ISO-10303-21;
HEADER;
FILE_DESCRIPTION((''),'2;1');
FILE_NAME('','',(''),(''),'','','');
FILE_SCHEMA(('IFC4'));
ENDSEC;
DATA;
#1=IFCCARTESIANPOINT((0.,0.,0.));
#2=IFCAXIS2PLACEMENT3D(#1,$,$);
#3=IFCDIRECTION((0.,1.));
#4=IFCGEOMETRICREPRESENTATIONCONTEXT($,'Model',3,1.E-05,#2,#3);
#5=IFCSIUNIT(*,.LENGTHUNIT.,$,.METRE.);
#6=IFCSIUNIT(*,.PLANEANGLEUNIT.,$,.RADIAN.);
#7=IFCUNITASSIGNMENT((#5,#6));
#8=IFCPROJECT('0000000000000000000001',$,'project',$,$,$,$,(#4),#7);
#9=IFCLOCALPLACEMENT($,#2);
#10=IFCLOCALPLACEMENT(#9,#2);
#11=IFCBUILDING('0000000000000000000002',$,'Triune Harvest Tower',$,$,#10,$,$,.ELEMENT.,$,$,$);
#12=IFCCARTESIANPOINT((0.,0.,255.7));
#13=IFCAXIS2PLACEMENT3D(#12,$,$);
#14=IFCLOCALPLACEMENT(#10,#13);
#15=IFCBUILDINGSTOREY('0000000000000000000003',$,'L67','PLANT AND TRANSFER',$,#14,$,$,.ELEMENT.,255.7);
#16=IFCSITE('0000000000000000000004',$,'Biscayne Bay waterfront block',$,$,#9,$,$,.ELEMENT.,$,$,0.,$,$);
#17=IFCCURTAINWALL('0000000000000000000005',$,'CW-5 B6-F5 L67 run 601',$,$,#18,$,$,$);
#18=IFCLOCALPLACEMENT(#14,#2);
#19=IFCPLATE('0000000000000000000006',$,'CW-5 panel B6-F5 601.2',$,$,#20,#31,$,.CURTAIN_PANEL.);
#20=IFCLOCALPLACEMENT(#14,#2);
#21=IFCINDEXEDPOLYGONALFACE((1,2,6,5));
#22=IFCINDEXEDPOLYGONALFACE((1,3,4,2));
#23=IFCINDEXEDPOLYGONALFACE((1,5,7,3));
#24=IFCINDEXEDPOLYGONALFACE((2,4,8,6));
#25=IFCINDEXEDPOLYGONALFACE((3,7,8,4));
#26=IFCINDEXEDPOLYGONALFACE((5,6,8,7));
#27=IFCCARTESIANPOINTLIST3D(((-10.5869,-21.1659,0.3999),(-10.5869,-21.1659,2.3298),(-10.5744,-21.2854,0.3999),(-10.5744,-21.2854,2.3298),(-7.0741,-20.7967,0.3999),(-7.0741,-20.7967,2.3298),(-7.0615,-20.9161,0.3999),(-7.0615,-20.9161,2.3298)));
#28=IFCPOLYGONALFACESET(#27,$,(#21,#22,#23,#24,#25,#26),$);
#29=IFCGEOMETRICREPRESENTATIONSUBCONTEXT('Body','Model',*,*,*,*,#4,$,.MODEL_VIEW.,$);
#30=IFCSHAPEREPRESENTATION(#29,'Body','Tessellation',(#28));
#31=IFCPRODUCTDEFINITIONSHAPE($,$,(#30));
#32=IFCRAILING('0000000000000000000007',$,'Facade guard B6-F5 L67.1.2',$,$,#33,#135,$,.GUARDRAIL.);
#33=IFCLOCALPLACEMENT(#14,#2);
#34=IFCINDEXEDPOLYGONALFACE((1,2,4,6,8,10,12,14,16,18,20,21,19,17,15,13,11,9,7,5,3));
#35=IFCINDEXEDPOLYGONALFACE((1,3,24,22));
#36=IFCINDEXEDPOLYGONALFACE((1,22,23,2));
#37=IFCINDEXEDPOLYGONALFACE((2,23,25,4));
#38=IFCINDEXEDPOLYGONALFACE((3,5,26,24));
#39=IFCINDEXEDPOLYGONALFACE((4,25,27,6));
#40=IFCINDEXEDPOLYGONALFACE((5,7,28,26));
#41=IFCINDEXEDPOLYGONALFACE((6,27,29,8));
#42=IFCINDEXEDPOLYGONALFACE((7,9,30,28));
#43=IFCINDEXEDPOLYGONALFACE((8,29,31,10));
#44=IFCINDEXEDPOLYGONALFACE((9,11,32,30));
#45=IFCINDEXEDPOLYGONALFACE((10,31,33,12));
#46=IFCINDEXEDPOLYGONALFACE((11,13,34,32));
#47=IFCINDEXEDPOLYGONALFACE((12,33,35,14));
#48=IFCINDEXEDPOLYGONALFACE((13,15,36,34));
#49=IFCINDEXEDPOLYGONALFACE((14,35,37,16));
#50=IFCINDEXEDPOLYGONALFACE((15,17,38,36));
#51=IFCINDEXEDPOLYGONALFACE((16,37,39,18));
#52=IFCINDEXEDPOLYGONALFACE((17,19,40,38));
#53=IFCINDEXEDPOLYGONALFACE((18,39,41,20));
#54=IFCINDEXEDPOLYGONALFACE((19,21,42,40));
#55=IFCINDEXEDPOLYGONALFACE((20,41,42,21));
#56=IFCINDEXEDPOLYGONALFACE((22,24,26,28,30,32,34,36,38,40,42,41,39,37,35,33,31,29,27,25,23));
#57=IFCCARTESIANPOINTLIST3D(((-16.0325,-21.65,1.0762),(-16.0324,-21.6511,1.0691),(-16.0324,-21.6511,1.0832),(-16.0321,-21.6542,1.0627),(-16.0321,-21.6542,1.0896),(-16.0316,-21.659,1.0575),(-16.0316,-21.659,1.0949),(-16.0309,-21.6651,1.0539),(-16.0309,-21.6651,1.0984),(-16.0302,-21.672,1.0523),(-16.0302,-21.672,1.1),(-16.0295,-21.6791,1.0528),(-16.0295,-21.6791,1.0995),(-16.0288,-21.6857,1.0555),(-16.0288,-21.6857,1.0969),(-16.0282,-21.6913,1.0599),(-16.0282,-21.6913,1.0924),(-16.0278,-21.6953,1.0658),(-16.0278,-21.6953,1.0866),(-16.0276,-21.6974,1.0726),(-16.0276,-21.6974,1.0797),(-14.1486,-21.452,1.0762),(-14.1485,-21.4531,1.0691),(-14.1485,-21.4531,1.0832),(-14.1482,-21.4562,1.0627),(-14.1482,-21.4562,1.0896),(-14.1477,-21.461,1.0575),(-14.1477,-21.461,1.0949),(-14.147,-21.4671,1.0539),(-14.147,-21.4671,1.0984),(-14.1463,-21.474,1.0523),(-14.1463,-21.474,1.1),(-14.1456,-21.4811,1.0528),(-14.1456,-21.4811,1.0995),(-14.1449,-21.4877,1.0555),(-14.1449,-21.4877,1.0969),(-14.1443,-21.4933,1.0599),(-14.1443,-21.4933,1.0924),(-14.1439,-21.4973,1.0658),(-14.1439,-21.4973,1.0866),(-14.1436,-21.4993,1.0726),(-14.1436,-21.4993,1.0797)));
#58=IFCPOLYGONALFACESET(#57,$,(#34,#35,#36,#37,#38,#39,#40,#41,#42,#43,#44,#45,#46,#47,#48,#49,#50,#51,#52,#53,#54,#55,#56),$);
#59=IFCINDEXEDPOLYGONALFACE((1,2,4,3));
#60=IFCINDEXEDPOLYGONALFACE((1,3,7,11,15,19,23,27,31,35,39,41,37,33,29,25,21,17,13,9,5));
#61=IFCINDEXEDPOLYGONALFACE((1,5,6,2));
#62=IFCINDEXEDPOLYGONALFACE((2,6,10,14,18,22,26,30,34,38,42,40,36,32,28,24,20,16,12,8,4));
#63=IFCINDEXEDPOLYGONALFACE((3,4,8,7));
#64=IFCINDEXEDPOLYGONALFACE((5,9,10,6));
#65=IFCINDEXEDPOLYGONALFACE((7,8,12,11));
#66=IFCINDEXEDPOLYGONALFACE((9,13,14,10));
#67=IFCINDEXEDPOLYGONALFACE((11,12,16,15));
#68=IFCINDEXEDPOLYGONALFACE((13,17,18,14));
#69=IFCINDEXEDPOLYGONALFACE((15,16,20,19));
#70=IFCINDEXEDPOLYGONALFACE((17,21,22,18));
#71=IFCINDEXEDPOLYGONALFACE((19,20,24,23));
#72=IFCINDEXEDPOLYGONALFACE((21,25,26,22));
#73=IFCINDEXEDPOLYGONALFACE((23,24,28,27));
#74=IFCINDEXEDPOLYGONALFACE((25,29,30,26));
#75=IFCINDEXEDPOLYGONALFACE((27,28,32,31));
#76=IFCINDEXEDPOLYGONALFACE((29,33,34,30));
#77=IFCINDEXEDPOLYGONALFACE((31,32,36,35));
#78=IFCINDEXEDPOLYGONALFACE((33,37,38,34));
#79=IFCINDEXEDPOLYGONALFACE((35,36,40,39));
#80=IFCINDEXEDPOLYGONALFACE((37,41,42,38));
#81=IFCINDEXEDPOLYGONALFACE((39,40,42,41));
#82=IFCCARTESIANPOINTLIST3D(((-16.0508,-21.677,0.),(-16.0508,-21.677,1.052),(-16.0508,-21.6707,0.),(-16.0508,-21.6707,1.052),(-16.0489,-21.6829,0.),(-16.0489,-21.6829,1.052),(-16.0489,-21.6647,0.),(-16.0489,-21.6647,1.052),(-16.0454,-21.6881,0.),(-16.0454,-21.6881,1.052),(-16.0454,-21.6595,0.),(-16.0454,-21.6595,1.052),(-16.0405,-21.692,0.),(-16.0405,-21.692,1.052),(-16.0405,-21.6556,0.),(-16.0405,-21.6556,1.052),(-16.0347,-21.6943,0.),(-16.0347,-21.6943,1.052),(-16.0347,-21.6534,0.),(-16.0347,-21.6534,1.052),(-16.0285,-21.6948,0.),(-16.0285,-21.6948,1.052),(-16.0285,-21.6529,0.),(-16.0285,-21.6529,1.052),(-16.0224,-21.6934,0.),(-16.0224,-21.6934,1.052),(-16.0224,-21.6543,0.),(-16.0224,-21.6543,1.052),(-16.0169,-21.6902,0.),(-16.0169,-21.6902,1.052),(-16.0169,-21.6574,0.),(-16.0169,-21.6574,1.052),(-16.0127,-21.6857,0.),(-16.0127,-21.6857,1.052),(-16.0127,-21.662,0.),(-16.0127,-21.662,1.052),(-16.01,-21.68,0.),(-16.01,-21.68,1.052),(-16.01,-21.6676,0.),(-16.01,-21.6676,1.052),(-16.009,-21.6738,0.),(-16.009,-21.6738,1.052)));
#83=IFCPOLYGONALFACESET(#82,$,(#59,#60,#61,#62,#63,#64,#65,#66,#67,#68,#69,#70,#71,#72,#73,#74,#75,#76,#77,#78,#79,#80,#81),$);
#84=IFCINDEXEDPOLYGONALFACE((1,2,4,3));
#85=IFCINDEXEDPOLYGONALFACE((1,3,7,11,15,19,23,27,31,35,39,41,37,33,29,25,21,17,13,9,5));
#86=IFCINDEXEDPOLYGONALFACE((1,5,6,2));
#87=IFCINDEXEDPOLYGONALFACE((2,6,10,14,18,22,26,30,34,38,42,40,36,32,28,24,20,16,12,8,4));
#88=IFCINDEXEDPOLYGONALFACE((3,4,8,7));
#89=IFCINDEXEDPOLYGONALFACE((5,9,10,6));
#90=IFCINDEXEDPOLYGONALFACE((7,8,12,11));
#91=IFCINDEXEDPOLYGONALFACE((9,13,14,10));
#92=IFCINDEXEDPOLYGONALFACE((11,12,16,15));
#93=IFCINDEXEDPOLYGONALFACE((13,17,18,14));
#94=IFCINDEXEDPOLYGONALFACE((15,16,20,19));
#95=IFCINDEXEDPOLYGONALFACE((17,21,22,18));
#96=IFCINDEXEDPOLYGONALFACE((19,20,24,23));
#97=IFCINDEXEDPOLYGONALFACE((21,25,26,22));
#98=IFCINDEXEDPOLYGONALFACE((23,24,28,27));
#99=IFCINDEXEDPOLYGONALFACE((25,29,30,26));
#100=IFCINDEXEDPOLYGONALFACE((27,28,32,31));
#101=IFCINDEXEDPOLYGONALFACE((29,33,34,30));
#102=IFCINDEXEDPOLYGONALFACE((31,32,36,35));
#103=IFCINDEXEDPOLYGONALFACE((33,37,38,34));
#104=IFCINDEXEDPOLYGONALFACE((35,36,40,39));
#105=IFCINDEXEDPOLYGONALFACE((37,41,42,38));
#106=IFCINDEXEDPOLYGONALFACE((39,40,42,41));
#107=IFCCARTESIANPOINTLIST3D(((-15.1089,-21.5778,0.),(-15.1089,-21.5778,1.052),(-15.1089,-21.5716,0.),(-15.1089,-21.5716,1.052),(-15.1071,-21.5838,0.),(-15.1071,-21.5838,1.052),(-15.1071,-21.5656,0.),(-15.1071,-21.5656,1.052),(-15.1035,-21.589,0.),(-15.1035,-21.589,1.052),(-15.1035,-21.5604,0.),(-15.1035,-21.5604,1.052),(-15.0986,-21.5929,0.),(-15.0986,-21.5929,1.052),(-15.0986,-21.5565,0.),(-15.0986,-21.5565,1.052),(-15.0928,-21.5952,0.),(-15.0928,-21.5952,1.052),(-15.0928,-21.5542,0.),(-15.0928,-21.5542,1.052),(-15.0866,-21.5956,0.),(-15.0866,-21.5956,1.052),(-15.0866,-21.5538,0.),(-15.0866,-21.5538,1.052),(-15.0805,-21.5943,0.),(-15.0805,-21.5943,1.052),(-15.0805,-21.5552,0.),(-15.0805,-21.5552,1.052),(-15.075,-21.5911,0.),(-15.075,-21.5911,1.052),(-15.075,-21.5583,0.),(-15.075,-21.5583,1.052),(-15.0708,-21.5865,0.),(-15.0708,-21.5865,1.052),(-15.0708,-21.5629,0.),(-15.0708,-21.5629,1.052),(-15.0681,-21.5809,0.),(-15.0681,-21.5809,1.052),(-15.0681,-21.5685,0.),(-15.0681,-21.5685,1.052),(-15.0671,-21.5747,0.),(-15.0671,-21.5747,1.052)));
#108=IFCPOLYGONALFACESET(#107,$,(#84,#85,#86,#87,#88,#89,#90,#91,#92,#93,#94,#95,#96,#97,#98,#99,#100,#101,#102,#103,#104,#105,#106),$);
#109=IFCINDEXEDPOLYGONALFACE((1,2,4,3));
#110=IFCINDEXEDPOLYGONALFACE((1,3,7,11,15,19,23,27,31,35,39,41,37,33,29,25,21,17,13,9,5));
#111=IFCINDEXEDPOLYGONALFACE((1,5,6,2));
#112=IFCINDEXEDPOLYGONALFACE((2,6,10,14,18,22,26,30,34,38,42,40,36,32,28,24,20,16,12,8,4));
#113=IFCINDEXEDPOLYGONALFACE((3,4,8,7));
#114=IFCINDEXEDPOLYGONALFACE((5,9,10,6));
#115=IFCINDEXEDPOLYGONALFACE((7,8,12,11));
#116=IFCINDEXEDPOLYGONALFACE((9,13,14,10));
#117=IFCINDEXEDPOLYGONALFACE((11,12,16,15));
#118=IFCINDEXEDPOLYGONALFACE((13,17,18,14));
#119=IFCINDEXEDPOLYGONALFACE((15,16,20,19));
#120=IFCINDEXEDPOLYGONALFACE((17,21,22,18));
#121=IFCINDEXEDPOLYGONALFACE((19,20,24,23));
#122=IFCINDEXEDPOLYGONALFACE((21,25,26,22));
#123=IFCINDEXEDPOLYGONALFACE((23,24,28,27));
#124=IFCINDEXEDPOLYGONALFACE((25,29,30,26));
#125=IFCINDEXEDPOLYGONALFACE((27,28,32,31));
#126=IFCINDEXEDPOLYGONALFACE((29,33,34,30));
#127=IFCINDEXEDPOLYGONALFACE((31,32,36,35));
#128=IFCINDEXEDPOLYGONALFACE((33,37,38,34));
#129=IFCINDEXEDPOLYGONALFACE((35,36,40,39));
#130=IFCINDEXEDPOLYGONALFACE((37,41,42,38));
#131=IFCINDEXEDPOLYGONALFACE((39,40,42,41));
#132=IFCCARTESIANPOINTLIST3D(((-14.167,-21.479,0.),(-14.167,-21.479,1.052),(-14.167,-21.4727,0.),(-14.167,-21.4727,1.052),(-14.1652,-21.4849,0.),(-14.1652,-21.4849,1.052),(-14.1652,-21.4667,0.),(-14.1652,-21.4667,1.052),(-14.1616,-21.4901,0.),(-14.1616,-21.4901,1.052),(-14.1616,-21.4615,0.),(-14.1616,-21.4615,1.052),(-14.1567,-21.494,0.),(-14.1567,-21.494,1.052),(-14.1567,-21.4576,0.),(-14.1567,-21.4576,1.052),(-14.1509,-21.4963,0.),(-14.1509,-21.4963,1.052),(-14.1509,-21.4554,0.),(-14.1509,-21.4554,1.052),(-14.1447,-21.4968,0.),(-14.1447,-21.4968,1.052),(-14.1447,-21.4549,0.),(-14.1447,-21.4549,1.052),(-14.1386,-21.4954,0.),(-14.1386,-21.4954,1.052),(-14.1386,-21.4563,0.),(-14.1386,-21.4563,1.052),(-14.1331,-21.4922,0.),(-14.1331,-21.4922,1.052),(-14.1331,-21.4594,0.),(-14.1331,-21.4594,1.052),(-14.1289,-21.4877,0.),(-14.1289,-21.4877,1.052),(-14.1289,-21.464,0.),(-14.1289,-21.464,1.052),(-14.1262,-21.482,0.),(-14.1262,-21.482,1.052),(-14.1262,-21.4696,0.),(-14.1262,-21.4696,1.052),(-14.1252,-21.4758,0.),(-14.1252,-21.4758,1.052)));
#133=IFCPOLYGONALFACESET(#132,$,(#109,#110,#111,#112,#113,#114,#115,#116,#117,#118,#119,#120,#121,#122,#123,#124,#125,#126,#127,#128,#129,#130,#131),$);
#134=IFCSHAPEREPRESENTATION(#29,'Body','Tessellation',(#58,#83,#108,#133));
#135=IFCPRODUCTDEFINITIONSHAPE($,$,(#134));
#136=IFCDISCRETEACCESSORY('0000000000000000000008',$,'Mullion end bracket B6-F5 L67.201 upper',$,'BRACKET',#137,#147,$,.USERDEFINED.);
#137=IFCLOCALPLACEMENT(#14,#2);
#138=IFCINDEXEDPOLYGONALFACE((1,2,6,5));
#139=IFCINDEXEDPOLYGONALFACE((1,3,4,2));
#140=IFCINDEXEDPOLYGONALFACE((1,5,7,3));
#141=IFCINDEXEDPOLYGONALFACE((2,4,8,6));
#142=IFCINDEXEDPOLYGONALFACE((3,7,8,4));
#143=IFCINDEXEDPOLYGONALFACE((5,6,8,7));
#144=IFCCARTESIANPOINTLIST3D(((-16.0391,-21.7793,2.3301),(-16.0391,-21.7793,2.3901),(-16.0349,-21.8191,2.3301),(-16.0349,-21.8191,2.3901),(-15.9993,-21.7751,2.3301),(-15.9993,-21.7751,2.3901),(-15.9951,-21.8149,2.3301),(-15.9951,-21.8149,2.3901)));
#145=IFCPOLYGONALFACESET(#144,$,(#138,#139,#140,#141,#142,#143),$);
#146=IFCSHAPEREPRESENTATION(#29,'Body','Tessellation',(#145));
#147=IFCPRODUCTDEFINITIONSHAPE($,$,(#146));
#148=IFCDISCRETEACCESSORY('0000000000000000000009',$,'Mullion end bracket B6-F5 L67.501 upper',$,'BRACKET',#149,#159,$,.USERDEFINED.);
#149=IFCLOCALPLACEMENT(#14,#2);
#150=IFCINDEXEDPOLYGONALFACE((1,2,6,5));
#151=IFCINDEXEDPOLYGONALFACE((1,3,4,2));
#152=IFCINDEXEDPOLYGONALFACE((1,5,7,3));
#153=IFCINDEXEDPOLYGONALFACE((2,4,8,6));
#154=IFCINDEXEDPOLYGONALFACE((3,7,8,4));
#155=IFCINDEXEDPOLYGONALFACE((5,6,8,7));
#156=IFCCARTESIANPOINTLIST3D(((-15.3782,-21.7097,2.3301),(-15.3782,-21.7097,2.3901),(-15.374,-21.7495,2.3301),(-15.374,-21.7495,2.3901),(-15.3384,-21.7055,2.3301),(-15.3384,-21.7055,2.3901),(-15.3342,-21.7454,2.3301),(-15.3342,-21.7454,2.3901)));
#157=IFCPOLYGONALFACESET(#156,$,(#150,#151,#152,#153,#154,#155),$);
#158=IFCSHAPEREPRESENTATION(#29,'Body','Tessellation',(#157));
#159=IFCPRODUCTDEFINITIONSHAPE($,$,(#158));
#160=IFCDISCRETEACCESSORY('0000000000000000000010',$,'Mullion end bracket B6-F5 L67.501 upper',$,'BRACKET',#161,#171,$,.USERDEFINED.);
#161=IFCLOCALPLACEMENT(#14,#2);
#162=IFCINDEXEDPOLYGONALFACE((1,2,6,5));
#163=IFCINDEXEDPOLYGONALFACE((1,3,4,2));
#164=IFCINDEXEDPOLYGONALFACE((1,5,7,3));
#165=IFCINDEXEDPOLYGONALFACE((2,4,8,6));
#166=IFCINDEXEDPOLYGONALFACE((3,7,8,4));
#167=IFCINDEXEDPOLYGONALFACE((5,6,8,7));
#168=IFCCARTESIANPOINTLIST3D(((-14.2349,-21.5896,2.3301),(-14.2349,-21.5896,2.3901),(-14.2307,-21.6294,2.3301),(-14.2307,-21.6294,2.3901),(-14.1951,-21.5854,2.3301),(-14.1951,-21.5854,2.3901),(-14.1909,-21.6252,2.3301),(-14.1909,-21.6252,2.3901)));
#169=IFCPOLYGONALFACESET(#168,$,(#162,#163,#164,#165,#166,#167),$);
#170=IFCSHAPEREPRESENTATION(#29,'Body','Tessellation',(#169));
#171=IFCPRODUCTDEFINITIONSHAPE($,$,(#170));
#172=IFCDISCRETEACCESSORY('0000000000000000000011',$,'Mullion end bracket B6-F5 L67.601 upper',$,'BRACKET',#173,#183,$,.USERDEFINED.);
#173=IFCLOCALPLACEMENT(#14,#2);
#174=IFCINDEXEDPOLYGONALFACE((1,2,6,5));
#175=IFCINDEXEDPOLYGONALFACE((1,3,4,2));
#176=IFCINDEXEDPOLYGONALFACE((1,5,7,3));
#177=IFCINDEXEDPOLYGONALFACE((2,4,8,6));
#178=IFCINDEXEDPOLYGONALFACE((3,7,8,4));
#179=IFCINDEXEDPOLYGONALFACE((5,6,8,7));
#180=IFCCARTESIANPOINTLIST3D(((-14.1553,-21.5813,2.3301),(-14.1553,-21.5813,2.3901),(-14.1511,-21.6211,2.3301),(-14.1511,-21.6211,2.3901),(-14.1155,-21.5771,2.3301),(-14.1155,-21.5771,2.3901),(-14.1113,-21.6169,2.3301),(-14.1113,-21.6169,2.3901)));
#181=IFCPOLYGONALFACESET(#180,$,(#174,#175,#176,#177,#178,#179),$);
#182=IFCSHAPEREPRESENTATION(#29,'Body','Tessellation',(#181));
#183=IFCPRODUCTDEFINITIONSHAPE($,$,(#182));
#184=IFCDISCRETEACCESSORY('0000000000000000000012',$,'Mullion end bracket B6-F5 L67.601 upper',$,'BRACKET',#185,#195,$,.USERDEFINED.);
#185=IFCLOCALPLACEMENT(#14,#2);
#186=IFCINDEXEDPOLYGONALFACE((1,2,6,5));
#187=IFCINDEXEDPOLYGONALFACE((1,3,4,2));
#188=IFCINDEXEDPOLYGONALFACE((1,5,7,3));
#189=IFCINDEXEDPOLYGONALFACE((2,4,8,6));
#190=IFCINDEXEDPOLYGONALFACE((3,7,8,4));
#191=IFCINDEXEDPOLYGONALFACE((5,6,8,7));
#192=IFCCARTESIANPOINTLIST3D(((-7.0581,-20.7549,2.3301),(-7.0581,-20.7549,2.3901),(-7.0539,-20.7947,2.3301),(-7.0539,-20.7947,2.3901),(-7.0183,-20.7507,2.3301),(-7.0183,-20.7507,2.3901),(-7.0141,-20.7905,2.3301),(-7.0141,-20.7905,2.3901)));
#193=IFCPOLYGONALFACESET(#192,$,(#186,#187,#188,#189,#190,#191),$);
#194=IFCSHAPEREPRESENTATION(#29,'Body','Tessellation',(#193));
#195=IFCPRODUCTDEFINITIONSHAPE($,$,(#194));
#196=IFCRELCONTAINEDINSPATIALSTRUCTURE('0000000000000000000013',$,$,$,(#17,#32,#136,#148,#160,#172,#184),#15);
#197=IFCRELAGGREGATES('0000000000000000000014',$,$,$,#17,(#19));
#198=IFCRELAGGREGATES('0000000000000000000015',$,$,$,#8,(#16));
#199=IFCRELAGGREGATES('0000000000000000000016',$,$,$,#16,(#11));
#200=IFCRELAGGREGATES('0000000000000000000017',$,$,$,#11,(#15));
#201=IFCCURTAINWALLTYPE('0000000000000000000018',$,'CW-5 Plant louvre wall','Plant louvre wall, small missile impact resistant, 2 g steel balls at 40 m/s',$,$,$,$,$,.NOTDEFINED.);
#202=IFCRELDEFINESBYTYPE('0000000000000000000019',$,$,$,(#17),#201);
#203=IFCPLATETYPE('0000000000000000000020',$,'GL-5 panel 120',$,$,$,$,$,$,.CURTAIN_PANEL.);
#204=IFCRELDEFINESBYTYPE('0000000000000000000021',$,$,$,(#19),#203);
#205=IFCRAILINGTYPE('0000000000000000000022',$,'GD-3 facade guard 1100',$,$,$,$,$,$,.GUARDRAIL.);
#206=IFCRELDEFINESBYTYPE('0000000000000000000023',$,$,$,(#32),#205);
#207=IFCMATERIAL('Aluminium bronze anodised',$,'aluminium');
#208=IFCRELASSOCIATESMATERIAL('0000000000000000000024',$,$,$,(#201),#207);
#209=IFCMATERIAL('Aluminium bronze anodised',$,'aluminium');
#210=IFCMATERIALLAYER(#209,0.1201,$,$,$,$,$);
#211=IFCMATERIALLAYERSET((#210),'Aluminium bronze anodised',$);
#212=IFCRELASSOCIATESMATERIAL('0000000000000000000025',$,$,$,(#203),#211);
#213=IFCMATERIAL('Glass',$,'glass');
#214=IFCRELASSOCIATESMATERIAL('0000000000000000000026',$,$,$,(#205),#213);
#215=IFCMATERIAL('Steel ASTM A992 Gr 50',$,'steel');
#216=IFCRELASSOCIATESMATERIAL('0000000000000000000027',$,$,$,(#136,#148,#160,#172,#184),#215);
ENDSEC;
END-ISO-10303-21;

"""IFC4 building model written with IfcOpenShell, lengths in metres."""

from ifc_helpers import new_model, si_unit, direction, frame, origin, origin_2d, place, context, subcontext, project, spatial, rectangle, circle, extrude, source, transform, mapped, material, layer, layer_set, type_object, element, aggregate, save


model = new_model("IFC4")

# Units and contexts
model_context = context("Model", 3, precision=1e-05, world=origin(), true_north=direction((0.0, 1.0)))
body_context = subcontext(model_context, "Body", "Model", "MODEL_VIEW")
ifc_project = project(units=[si_unit("LENGTHUNIT", "METRE"), si_unit("PLANEANGLEUNIT", "RADIAN")], contexts=[model_context])

# Site, building, storey
site_placement = place(None, origin())
site = spatial("IfcSite", under=ifc_project, at=site_placement, Name="Biscayne Bay waterfront block", CompositionType="ELEMENT", RefElevation=0.0)
building_placement = place(site_placement, origin())
building = spatial("IfcBuilding", under=site, at=building_placement, Name="Triune Harvest Tower", CompositionType="ELEMENT")
storey_placement = place(building_placement, frame((0.0, 0.0, 255.7)))
storey = spatial("IfcBuildingStorey", under=building, at=storey_placement, Name="L67", Description="PLANT AND TRANSFER", CompositionType="ELEMENT", Elevation=255.7)

# Curtain wall
ifc_material_1 = material(Name="Aluminium bronze anodised", Category="aluminium")
curtain_wall_type = type_object("IfcCurtainWallType", Name="CW-5 Plant louvre wall", Description="Plant louvre wall, small missile impact resistant, 2 g steel balls at 40 m/s", PredefinedType="NOTDEFINED", material=ifc_material_1)
curtain_wall_1_placement = place(storey_placement, origin())
curtain_wall_1 = element("IfcCurtainWall", 1, at=curtain_wall_1_placement, inside=storey, type_object=curtain_wall_type, Name="CW-5 B6-F5 L67 run 601")

# Plate
ifc_material_2 = material(Name="Aluminium bronze anodised", Category="aluminium")
ifc_layer = layer(ifc_material_2, 0.1201)
ifc_layer_set = layer_set([ifc_layer], Name="Aluminium bronze anodised")
plate_type = type_object("IfcPlateType", Name="GL-5 panel 120", PredefinedType="CURTAIN_PANEL", material=ifc_layer_set)
shared_shape_1 = source(origin(), body_context, "Body", "SweptSolid", [
    extrude(rectangle(XDim=3.5322, YDim=0.1201, at=origin_2d()), origin(), (0.0, 0.0, 1.0), 1.9299),
])
plate_1_placement = place(storey_placement, frame((-8.8242, -21.041, 0.3999), z_axis=(0.0, 0.0, 1.0), x_axis=(0.994521, 0.104533, 0.0)))
plate_1 = element("IfcPlate", 2, at=plate_1_placement, type_object=plate_type, Name="CW-5 panel B6-F5 601.2", PredefinedType="CURTAIN_PANEL", context=body_context, shape_type="MappedRepresentation", body=[
    mapped(shared_shape_1, transform((0.0, 0.0, 0.0), scale=1.0)),
])
aggregate(curtain_wall_1, [plate_1])

# Railing
ifc_material_3 = material(Name="Glass", Category="glass")
railing_type = type_object("IfcRailingType", Name="GD-3 facade guard 1100", PredefinedType="GUARDRAIL", material=ifc_material_3)
railing_placement = place(storey_placement, frame((-16.03, -21.6738, 0.0)))
element("IfcRailing", 3, at=railing_placement, inside=storey, type_object=railing_type, Name="Facade guard B6-F5 L67.1.2", PredefinedType="GUARDRAIL", context=body_context, shape_type="SweptSolid", body=[
    extrude(circle(Radius=0.0239, at=origin_2d()), frame((0.0, 0.0, 1.0762), z_axis=(0.994522, 0.10453, 0.0), x_axis=(-0.10453, 0.994522, 0.0)), (0.0, 0.0, 1.0), 1.8943),
    extrude(circle(Radius=0.021, at=origin_2d()), origin(), (0.0, 0.0, 1.0), 1.052),
    extrude(circle(Radius=0.021, at=origin_2d()), frame((0.9419, 0.0991, 0.0)), (0.0, 0.0, 1.0), 1.052),
    extrude(circle(Radius=0.021, at=origin_2d()), frame((1.8838, 0.198, 0.0)), (0.0, 0.0, 1.0), 1.052),
])

# Discrete accessories
ifc_material_4 = material(Name="Steel ASTM A992 Gr 50", Category="steel")
shared_shape_2 = source(origin(), body_context, "Body", "SweptSolid", [
    extrude(rectangle(XDim=0.04, YDim=0.04, at=origin_2d()), origin(), (0.0, 0.0, 1.0), 0.0601),
])
for number, where, z_axis, x_axis, name in (
    (4, (-16.0171, -21.7971, 2.3301), (0.0, 0.0, 1.0), (0.994518, 0.104568, 0.0), "Mullion end bracket B6-F5 L67.201 upper"),
    (5, (-15.3562, -21.7275, 2.3301), (0.0, 0.0, 1.0), (0.994526, 0.104485, 0.0), "Mullion end bracket B6-F5 L67.501 upper"),
    (6, (-14.2129, -21.6074, 2.3301), (0.0, 0.0, 1.0), (0.994526, 0.104485, 0.0), "Mullion end bracket B6-F5 L67.501 upper"),
    (7, (-14.1333, -21.5991, 2.3301), (0.0, 0.0, 1.0), (0.994521, 0.104534, 0.0), "Mullion end bracket B6-F5 L67.601 upper"),
    (8, (-7.0361, -20.7727, 2.3301), (0.0, 0.0, 1.0), (0.994521, 0.104534, 0.0), "Mullion end bracket B6-F5 L67.601 upper"),
):
    element("IfcDiscreteAccessory", number, at=place(storey_placement, frame(where, z_axis=z_axis, x_axis=x_axis)), inside=storey, material=ifc_material_4, Name=name, ObjectType="BRACKET", PredefinedType="USERDEFINED", context=body_context, shape_type="MappedRepresentation", body=[
        mapped(shared_shape_2, transform((0.0, 0.0, 0.0), scale=1.0)),
    ])

save(model, "model.ifc")
